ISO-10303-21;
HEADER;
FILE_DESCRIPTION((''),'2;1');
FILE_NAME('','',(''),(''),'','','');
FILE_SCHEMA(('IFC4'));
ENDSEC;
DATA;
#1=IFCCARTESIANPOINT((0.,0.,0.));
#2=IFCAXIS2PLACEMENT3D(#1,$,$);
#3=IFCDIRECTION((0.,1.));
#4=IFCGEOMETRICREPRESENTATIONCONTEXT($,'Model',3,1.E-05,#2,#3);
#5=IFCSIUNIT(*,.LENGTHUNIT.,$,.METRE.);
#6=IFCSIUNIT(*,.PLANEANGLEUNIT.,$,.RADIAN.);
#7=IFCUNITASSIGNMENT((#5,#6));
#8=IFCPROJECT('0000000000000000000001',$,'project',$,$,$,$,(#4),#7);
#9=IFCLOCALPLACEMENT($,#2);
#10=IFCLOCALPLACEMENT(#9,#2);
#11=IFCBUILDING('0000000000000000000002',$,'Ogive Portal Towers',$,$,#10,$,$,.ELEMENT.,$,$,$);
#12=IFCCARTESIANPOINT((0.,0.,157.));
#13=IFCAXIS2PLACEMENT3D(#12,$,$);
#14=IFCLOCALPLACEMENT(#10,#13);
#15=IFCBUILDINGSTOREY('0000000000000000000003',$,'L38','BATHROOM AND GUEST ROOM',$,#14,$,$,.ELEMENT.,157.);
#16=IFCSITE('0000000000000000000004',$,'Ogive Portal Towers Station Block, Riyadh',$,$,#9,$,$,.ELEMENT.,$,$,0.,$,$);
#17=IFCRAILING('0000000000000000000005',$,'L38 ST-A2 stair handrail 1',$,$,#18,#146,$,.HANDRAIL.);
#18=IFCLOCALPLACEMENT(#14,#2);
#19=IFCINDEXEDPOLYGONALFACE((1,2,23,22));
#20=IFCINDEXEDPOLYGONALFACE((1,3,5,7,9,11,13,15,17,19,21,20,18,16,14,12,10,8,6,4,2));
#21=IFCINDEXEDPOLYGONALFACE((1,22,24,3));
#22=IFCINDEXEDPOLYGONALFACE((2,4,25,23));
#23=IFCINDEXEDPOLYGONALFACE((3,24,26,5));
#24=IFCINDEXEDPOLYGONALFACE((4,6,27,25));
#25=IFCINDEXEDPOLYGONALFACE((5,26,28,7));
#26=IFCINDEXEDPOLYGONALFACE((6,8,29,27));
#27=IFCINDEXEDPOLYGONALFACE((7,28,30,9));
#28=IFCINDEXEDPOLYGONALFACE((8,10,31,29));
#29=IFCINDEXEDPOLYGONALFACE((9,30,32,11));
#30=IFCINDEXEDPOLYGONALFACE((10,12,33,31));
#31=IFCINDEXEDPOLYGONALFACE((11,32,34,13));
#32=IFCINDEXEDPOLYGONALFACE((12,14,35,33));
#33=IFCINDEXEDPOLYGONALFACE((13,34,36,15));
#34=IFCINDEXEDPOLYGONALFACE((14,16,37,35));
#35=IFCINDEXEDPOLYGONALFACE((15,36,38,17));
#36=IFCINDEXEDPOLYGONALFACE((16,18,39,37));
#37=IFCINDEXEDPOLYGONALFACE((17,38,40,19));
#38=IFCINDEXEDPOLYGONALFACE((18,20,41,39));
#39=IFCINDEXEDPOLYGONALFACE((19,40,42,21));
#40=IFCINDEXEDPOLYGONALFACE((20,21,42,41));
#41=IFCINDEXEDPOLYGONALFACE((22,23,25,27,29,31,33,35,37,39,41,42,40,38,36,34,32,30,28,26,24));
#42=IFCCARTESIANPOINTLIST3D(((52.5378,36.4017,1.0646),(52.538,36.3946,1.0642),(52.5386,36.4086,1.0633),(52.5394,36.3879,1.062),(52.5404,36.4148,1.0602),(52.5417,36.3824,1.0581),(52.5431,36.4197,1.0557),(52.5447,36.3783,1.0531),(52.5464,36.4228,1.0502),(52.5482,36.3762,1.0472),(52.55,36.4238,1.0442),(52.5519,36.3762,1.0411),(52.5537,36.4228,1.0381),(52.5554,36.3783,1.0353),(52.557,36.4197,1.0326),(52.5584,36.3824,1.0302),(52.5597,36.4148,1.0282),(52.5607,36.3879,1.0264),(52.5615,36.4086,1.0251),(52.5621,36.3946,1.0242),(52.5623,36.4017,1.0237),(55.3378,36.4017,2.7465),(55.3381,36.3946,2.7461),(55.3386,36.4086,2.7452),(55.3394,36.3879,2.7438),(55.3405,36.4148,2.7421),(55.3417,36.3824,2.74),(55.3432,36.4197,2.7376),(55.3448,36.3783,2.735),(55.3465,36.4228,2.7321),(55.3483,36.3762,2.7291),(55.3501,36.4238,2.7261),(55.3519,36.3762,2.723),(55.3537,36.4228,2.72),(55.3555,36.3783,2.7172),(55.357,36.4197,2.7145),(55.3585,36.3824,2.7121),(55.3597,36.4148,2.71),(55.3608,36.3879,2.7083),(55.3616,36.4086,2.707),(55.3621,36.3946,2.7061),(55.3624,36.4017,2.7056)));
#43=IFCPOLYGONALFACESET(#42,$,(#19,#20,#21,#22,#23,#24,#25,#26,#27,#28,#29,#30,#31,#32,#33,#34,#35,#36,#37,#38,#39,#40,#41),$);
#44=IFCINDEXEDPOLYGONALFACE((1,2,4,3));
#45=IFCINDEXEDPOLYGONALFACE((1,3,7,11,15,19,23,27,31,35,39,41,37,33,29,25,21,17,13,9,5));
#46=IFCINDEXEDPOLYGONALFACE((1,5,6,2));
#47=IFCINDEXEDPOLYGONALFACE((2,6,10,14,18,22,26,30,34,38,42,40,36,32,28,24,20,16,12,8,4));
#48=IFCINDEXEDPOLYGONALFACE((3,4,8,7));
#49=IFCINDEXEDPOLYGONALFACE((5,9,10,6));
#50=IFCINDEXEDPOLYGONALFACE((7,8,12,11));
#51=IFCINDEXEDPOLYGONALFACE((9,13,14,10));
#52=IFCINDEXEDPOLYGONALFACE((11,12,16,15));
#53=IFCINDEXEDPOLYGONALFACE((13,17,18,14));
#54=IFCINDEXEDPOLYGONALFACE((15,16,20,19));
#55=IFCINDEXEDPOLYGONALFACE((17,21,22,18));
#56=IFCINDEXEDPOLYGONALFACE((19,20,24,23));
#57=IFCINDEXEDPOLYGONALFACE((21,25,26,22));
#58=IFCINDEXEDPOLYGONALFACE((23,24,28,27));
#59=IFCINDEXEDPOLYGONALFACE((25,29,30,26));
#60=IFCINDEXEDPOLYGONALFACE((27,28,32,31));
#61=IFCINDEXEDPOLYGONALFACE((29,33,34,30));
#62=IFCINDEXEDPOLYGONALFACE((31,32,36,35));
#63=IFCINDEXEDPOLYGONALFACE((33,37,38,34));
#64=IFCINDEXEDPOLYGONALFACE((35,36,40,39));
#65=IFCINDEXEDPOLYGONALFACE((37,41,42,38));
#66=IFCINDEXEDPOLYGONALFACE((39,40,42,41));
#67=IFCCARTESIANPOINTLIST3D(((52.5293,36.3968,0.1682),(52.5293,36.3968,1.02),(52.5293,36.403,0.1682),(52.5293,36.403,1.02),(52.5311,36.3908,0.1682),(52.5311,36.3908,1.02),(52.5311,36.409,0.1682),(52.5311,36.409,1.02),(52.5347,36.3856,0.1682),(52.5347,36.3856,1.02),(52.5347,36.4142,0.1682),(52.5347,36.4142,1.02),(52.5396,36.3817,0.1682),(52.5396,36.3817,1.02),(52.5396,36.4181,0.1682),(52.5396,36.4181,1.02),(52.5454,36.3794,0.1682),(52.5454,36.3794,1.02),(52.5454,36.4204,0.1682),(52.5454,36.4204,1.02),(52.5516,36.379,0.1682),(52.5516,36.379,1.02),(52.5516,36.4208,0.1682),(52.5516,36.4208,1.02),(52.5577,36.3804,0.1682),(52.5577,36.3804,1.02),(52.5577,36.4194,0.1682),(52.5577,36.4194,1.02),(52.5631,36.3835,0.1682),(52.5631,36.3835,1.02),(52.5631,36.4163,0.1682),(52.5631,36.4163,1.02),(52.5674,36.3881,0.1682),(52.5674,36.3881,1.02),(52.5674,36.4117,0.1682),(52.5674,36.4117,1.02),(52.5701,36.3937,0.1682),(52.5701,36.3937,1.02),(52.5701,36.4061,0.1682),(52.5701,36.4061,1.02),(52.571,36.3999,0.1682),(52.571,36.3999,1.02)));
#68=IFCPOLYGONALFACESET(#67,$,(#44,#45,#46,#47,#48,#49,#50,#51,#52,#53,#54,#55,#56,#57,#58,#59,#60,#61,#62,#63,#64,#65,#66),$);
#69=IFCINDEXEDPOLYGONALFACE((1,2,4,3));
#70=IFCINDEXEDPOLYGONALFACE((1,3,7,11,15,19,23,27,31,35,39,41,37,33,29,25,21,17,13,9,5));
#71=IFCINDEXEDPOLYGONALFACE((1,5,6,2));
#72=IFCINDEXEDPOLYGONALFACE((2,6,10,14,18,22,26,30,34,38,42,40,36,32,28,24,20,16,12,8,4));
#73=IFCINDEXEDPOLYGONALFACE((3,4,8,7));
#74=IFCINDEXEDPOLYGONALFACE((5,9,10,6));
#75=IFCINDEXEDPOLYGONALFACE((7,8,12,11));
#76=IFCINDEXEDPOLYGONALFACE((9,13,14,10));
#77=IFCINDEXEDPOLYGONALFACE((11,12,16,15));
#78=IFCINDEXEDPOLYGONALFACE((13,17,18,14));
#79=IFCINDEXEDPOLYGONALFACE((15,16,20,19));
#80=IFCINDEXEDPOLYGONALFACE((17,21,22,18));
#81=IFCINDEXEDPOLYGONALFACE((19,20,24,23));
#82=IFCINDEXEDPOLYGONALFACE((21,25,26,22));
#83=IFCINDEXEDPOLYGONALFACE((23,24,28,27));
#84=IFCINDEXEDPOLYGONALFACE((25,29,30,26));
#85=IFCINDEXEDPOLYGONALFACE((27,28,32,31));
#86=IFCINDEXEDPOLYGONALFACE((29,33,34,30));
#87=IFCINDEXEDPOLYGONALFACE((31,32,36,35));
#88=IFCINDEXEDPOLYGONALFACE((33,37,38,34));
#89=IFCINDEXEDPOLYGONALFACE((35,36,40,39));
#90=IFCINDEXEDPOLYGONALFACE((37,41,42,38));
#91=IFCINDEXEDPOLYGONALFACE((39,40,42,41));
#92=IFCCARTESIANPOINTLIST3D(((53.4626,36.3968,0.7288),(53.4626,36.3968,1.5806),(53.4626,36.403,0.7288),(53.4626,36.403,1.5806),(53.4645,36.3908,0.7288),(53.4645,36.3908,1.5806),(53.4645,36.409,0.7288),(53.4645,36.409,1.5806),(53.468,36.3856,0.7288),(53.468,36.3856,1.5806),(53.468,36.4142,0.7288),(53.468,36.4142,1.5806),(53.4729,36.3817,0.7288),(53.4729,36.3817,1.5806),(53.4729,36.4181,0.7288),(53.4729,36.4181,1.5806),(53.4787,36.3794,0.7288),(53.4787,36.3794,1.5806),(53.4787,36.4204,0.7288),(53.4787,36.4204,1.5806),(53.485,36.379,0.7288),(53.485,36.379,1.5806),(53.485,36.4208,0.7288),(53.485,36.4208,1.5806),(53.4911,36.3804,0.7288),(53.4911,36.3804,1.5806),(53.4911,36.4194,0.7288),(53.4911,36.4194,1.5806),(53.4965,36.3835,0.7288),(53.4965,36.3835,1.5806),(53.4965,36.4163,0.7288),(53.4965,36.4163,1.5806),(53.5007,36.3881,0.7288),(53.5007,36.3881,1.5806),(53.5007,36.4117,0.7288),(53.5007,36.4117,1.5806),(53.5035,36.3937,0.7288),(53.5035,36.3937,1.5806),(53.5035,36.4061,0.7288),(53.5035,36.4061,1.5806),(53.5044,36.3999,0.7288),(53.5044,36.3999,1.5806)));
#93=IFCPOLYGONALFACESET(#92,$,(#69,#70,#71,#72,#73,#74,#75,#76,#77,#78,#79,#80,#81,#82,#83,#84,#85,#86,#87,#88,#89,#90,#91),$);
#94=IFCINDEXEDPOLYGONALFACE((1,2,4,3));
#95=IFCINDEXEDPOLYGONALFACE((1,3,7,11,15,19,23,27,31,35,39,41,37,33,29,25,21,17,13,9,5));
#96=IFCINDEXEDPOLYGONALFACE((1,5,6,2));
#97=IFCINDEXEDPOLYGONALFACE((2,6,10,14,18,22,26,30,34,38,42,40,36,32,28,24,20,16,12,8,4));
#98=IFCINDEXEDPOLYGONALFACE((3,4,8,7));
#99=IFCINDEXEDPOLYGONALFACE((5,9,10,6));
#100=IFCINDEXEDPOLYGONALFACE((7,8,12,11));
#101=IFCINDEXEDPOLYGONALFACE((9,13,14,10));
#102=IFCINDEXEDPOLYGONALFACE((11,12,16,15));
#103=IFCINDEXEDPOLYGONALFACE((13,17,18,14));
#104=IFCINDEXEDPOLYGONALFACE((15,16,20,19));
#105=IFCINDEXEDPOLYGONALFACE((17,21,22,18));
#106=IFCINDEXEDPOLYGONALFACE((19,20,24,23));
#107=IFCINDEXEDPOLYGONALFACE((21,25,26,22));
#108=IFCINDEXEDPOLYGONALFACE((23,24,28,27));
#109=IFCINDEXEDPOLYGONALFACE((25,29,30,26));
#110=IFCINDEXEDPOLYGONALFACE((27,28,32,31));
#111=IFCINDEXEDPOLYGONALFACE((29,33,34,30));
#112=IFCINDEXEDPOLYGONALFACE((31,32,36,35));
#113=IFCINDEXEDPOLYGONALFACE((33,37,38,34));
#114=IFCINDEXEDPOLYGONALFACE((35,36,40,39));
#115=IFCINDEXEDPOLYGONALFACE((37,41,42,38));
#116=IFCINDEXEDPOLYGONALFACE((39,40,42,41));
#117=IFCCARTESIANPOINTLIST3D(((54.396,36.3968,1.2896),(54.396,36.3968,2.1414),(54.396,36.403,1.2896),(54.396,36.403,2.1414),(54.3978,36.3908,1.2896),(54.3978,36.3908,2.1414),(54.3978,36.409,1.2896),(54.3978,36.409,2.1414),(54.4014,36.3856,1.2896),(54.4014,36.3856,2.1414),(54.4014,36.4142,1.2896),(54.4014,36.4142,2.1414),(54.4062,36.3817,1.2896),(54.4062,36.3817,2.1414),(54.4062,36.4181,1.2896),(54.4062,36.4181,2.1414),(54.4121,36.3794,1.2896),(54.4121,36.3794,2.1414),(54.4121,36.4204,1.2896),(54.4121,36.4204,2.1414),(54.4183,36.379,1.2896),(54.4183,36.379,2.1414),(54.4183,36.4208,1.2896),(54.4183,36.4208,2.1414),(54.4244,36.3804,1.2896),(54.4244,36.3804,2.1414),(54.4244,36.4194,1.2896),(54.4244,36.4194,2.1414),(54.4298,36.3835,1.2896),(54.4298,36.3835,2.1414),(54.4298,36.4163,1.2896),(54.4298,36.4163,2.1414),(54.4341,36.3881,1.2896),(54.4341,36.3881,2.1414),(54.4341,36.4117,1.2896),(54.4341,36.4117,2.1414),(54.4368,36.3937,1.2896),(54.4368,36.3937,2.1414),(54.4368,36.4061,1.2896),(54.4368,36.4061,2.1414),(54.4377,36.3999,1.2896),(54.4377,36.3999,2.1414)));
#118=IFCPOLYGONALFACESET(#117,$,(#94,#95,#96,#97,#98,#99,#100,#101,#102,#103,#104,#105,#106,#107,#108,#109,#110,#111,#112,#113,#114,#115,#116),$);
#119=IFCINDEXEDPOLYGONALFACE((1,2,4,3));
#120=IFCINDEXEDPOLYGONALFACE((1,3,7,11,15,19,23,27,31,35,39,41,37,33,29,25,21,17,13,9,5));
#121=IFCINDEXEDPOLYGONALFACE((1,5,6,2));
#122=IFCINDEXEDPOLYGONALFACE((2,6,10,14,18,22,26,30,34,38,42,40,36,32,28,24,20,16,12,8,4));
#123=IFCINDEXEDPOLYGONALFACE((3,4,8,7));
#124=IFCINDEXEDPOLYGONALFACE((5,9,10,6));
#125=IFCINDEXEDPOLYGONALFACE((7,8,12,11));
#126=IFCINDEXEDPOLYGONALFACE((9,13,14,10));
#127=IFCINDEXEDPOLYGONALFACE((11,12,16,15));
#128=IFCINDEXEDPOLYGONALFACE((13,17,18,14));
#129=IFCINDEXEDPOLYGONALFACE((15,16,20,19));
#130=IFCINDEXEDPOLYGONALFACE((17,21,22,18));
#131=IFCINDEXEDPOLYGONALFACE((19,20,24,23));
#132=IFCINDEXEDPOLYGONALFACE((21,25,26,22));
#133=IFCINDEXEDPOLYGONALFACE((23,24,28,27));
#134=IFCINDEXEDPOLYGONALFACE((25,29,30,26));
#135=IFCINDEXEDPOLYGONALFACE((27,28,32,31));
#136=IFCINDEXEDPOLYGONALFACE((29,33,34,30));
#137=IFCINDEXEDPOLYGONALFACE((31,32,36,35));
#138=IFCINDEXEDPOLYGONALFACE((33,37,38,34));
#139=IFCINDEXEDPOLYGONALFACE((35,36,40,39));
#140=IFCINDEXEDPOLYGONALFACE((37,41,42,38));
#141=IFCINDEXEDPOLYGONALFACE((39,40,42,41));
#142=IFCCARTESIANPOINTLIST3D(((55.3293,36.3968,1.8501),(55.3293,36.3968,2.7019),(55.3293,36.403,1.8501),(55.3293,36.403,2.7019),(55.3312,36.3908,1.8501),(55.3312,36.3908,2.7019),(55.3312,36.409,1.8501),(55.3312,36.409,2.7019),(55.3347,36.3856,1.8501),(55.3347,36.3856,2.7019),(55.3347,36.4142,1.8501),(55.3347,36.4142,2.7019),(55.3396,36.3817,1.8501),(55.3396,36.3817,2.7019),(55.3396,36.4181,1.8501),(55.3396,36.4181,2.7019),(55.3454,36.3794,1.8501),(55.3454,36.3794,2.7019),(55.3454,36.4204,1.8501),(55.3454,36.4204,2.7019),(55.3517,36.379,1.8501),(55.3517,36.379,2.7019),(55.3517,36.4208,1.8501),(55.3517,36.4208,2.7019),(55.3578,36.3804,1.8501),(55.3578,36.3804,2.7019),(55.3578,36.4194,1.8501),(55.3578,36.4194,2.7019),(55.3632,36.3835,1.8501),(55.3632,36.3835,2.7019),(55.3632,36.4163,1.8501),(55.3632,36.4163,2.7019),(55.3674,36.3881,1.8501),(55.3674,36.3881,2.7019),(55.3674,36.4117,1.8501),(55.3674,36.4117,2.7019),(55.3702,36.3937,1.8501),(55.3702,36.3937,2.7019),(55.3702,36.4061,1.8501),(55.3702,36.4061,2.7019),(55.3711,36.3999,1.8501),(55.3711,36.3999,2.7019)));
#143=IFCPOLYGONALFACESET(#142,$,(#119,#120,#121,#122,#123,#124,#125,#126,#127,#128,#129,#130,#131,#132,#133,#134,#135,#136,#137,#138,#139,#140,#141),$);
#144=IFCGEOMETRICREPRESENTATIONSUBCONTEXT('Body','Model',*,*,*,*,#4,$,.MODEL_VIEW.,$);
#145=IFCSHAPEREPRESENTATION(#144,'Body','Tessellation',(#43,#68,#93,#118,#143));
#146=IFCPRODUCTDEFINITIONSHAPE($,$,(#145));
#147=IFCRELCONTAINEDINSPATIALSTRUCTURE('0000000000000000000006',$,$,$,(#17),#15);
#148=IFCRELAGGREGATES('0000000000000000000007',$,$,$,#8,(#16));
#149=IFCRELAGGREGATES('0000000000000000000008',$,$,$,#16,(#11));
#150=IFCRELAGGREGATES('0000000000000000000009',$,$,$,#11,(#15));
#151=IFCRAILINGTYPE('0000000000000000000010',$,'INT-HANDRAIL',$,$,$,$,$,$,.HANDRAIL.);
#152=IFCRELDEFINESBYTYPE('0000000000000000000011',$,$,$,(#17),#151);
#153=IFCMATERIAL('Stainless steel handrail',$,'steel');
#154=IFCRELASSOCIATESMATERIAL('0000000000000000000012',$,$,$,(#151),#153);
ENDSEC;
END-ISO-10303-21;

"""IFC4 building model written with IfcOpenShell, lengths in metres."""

from ifc_helpers import new_model, si_unit, direction, frame, origin, origin_2d, place, context, subcontext, project, spatial, circle, extrude, material, type_object, element, save


model = new_model("IFC4")

# Units and contexts
model_context = context("Model", 3, precision=1e-05, world=origin(), true_north=direction((0.0, 1.0)))
body_context = subcontext(model_context, "Body", "Model", "MODEL_VIEW")
ifc_project = project(units=[si_unit("LENGTHUNIT", "METRE"), si_unit("PLANEANGLEUNIT", "RADIAN")], contexts=[model_context])

# Site, building, storey
site_placement = place(None, origin())
site = spatial("IfcSite", under=ifc_project, at=site_placement, Name="Ogive Portal Towers Station Block, Riyadh", CompositionType="ELEMENT", RefElevation=0.0)
building_placement = place(site_placement, origin())
building = spatial("IfcBuilding", under=site, at=building_placement, Name="Ogive Portal Towers", CompositionType="ELEMENT")
storey_placement = place(building_placement, frame((0.0, 0.0, 157.0)))
storey = spatial("IfcBuildingStorey", under=building, at=storey_placement, Name="L38", Description="BATHROOM AND GUEST ROOM", CompositionType="ELEMENT", Elevation=157.0)

# Railing
ifc_material_1 = material(Name="Stainless steel handrail", Category="steel")
railing_type_1 = type_object("IfcRailingType", Name="INT-HANDRAIL", PredefinedType="HANDRAIL", material=ifc_material_1)
railing_1_placement = place(storey_placement, frame((52.55, 36.3999, 0.1682)))
element("IfcRailing", 1, at=railing_1_placement, inside=storey, type_object=railing_type_1, Name="L38 ST-A2 stair handrail 1", PredefinedType="HANDRAIL", context=body_context, shape_type="SweptSolid", body=[
    extrude(circle(Radius=0.0239, at=origin_2d()), frame((0.0, 0.0, 0.876), z_axis=(0.857242, 0.0, 0.514913), x_axis=(0.0, 1.0, 0.0)), (0.0, 0.0, 1.0), 3.2664),
    extrude(circle(Radius=0.021, at=origin_2d()), origin(), (0.0, 0.0, 1.0), 0.8518),
    extrude(circle(Radius=0.021, at=origin_2d()), frame((0.9333, 0.0, 0.5605)), (0.0, 0.0, 1.0), 0.8518),
    extrude(circle(Radius=0.021, at=origin_2d()), frame((1.8667, 0.0, 1.1213)), (0.0, 0.0, 1.0), 0.8518),
    extrude(circle(Radius=0.021, at=origin_2d()), frame((2.8, 0.0, 1.6819)), (0.0, 0.0, 1.0), 0.8518),
])

save(model, "model.ifc")
